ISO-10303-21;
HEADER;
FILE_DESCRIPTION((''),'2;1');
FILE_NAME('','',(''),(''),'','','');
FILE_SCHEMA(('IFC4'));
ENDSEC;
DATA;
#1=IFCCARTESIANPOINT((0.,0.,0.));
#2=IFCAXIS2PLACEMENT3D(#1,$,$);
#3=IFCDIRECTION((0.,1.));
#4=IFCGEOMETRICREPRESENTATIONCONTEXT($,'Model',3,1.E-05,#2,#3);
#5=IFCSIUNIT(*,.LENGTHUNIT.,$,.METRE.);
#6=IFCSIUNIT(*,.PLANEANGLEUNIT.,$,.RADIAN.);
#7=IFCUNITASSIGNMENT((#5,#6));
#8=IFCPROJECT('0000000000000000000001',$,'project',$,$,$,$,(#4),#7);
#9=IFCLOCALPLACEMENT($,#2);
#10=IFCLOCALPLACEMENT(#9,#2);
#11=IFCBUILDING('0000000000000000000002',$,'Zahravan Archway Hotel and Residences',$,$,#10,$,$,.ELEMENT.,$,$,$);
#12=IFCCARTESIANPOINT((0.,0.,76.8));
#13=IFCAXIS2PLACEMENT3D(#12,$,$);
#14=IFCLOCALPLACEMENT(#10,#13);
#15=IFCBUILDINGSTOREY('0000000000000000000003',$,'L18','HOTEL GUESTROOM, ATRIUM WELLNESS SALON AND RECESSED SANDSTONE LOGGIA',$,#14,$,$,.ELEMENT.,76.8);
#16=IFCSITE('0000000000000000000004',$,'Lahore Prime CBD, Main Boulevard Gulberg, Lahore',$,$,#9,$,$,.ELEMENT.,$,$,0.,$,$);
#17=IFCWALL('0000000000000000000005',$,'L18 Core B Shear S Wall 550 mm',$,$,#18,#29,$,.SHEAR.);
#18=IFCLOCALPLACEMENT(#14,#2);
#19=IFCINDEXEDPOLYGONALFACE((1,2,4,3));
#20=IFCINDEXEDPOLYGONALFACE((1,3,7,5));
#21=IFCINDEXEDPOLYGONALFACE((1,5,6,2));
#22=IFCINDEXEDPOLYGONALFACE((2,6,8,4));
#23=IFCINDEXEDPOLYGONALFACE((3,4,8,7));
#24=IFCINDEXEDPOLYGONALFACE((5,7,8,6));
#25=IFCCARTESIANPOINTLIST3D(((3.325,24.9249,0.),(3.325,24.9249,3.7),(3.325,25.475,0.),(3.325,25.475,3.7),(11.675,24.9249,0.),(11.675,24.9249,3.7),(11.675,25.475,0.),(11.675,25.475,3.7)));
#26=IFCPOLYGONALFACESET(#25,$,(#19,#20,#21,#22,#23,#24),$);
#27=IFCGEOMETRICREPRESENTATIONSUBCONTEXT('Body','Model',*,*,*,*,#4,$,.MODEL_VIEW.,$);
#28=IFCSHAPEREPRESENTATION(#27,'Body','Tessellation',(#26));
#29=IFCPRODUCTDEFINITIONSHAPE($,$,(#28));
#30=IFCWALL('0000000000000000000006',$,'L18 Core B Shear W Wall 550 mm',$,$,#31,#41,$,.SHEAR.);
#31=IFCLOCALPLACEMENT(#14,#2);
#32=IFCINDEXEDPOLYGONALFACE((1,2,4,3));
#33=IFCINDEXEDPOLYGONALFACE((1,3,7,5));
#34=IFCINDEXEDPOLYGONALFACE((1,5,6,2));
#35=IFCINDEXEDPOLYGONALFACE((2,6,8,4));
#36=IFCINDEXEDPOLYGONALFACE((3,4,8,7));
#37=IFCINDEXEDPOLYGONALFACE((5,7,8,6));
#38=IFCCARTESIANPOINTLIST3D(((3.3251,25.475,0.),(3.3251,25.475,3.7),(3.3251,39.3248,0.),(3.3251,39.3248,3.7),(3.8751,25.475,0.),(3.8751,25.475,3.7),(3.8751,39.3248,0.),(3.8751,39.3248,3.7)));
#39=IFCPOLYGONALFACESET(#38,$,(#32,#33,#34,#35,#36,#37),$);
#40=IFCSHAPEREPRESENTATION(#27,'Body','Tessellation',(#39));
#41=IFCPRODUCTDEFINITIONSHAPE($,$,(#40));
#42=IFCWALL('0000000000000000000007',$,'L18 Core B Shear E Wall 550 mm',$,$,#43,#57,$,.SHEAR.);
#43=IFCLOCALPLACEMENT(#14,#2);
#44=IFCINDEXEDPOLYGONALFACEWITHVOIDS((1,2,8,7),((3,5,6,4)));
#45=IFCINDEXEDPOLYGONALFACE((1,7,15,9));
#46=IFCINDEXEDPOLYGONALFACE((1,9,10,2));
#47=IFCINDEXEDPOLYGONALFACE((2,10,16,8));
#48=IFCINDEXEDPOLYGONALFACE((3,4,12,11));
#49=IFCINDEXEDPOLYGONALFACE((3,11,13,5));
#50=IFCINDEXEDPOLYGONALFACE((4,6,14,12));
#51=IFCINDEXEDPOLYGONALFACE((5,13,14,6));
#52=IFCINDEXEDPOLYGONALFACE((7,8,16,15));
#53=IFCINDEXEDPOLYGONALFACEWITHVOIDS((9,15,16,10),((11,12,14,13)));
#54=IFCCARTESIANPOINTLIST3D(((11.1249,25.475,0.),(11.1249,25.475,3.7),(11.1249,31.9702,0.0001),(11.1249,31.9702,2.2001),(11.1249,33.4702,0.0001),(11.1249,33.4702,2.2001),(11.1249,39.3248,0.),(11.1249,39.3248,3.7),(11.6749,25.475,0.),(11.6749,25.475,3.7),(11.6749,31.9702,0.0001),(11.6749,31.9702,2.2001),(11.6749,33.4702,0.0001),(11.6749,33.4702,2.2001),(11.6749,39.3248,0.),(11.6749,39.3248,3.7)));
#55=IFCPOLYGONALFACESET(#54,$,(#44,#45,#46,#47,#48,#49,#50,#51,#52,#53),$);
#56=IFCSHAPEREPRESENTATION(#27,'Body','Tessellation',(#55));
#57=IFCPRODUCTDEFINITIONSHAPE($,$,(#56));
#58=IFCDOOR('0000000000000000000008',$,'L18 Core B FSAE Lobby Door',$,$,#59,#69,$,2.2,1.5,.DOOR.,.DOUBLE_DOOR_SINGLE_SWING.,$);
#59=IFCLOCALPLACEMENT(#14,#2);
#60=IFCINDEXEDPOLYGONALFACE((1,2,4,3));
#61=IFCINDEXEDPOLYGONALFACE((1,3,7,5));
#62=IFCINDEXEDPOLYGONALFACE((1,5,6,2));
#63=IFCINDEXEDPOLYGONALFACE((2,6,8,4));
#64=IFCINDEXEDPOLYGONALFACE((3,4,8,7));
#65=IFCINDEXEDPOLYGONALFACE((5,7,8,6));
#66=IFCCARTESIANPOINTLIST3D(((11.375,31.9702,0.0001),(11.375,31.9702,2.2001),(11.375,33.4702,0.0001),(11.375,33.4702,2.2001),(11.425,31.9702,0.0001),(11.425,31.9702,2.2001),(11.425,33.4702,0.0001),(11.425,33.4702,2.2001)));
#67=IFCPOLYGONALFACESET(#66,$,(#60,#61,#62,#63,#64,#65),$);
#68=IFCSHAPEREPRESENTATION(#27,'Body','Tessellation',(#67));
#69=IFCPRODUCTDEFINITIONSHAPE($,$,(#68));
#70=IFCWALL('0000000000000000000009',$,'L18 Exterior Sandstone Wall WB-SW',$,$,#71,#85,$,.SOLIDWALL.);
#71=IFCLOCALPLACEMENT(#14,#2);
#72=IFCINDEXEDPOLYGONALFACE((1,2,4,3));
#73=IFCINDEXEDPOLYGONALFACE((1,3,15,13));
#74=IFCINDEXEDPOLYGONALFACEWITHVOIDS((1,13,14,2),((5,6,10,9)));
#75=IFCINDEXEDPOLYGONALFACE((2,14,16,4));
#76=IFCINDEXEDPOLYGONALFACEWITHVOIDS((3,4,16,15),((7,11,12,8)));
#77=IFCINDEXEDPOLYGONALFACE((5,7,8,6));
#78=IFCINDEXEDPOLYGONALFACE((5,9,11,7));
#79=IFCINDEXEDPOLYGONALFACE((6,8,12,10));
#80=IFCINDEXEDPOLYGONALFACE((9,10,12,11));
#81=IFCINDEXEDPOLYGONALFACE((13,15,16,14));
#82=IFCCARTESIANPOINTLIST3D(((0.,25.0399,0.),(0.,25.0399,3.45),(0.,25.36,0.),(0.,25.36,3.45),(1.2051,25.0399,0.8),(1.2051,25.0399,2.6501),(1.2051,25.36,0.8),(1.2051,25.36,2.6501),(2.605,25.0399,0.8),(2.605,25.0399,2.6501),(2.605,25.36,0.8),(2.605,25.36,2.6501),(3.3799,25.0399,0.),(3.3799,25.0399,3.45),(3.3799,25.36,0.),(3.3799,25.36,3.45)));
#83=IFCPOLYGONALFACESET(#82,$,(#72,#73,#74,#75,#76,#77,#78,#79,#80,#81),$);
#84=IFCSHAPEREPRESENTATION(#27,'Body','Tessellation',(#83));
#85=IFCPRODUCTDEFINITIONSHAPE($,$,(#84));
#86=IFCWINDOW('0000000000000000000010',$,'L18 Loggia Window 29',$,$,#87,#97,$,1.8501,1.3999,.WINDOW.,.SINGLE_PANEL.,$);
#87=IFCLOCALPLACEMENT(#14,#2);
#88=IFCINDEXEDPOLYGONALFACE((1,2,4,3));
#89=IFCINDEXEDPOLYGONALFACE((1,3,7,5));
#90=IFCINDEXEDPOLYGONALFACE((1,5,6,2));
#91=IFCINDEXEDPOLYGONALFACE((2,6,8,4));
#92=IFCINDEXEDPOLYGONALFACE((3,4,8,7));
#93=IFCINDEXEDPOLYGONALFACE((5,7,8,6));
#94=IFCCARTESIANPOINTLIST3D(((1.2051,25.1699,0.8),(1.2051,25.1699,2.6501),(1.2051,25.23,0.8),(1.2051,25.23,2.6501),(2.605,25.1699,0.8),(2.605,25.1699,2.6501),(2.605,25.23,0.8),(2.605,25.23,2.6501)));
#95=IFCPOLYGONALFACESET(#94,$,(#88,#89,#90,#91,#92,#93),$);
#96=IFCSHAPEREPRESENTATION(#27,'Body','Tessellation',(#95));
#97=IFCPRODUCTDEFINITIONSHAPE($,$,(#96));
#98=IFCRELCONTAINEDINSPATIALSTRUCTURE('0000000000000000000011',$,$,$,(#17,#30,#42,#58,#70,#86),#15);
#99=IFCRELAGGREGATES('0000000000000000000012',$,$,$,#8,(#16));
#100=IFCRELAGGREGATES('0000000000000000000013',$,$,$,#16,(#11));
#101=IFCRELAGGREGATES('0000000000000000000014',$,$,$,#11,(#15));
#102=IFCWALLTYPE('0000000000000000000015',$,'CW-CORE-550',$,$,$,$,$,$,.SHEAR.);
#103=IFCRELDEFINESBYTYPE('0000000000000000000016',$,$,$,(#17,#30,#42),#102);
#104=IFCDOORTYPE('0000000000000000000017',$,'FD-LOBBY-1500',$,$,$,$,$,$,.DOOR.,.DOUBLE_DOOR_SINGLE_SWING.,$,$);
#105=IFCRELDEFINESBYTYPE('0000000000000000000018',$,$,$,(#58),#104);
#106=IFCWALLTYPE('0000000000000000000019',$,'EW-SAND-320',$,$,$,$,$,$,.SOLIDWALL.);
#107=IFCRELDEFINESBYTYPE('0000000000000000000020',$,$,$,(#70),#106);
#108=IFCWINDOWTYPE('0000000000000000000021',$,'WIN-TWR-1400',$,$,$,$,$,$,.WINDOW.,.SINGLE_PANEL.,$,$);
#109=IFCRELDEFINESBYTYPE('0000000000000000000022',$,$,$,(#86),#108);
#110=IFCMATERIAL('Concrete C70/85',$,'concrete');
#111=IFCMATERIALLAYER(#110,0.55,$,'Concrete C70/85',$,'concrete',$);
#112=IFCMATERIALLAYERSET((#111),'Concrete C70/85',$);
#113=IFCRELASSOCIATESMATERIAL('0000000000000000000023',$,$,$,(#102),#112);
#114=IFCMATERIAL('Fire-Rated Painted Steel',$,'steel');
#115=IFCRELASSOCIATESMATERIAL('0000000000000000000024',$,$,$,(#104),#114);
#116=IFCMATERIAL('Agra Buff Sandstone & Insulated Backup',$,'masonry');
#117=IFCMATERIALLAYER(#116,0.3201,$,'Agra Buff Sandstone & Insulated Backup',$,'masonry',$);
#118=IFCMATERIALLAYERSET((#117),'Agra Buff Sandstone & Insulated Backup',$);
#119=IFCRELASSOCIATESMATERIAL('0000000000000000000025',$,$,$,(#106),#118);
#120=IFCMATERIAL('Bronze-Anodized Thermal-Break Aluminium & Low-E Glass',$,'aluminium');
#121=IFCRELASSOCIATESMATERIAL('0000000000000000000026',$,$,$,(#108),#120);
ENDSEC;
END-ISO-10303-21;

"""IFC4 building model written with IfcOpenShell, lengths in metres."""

from ifc_helpers import new_model, si_unit, direction, frame, frame_2d, origin, place, context, subcontext, project, spatial, rectangle, extrude, source, transform, mapped, material, layer, layer_set, type_object, type_shapes, element, fill, save


model = new_model("IFC4")

# Units and contexts
model_context = context("Model", 3, precision=1e-05, world=origin(), true_north=direction((0.0, 1.0)))
body_context = subcontext(model_context, "Body", "Model", "MODEL_VIEW")
ifc_project = project(units=[si_unit("LENGTHUNIT", "METRE"), si_unit("PLANEANGLEUNIT", "RADIAN")], contexts=[model_context])

# Site, building, storey
site_placement = place(None, origin())
site = spatial("IfcSite", under=ifc_project, at=site_placement, Name="Lahore Prime CBD, Main Boulevard Gulberg, Lahore", CompositionType="ELEMENT", RefElevation=0.0)
building_placement = place(site_placement, origin())
building = spatial("IfcBuilding", under=site, at=building_placement, Name="Zahravan Archway Hotel and Residences", CompositionType="ELEMENT")
storey_placement = place(building_placement, frame((0.0, 0.0, 76.8)))
storey = spatial("IfcBuildingStorey", under=building, at=storey_placement, Name="L18", Description="HOTEL GUESTROOM, ATRIUM WELLNESS SALON AND RECESSED SANDSTONE LOGGIA", CompositionType="ELEMENT", Elevation=76.8)

# Shared definitions
ifc_material_1 = material(Name="Concrete C70/85", Category="concrete")

# Walls
ifc_layer_1 = layer(ifc_material_1, 0.55, Name="Concrete C70/85", Category="concrete")
ifc_layer_set_1 = layer_set([ifc_layer_1], Name="Concrete C70/85")
wall_type_1 = type_object("IfcWallType", Name="CW-CORE-550", PredefinedType="SHEAR", material=ifc_layer_set_1)
wall_1_placement = place(storey_placement, frame((3.325, 25.2, 0.0), z_axis=(0.0, 0.0, 1.0), x_axis=(1.0, 0.0, 0.0)))
element("IfcWall", 1, at=wall_1_placement, inside=storey, type_object=wall_type_1, Name="L18 Core B Shear S Wall 550 mm", PredefinedType="SHEAR", context=body_context, shape_type="SweptSolid", body=[
    extrude(rectangle(XDim=8.3501, YDim=0.55, at=frame_2d((4.175, 0.0))), origin(), (0.0, 0.0, 1.0), 3.7),
])
wall_2_placement = place(storey_placement, frame((3.6001, 25.4751, 0.0), z_axis=(0.0, 0.0, 1.0), x_axis=(0.0, 1.0, 0.0)))
element("IfcWall", 2, at=wall_2_placement, inside=storey, type_object=wall_type_1, Name="L18 Core B Shear W Wall 550 mm", PredefinedType="SHEAR", context=body_context, shape_type="SweptSolid", body=[
    extrude(rectangle(XDim=13.8499, YDim=0.55, at=frame_2d((6.9248, 0.0))), origin(), (0.0, 0.0, 1.0), 3.7),
])

# Wall, opening, door
wall_3_placement = place(storey_placement, frame((11.3999, 25.4751, 0.0), z_axis=(0.0, 0.0, 1.0), x_axis=(0.0, 1.0, 0.0)))
wall_3 = element("IfcWall", 3, at=wall_3_placement, inside=storey, type_object=wall_type_1, Name="L18 Core B Shear E Wall 550 mm", PredefinedType="SHEAR", context=body_context, shape_type="SweptSolid", body=[
    extrude(rectangle(XDim=13.8499, YDim=0.55, at=frame_2d((6.9248, 0.0))), origin(), (0.0, 0.0, 1.0), 3.7),
])
opening_1_placement = place(wall_3_placement, frame((6.4951, 0.0, 0.0)))
opening_1 = element("IfcOpeningElement", 4, at=opening_1_placement, cuts=wall_3, PredefinedType="OPENING", context=body_context, shape_type="SweptSolid", body=[
    extrude(rectangle(XDim=1.5, YDim=2.2, at=frame_2d((0.75, 1.1001))), frame((0.0, 0.2852, 0.0), z_axis=(0.0, -1.0, 0.0), x_axis=(1.0, 0.0, 0.0)), (0.0, 0.0, 1.0), 0.5701),
])
ifc_material_2 = material(Name="Fire-Rated Painted Steel", Category="steel")
door_type_1 = type_object("IfcDoorType", Name="FD-LOBBY-1500", OperationType="DOUBLE_DOOR_SINGLE_SWING", PredefinedType="DOOR", material=ifc_material_2)
shared_shape_1 = source(origin(), body_context, "Body", "SweptSolid", [
    extrude(rectangle(XDim=1.5, YDim=2.2, at=frame_2d((0.75, 1.1001))), frame((0.0, 0.0249, 0.0), z_axis=(0.0, -1.0, 0.0), x_axis=(1.0, 0.0, 0.0)), (0.0, 0.0, 1.0), 0.05),
])
type_shapes(door_type_1, [shared_shape_1])
door_1_placement = place(opening_1_placement, origin())
door_1 = element("IfcDoor", 5, at=door_1_placement, inside=storey, type_object=door_type_1, Name="L18 Core B FSAE Lobby Door", OperationType="DOUBLE_DOOR_SINGLE_SWING", OverallHeight=2.2, OverallWidth=1.5, PredefinedType="DOOR", context=body_context, shape_type="MappedRepresentation", body=[
    mapped(shared_shape_1, transform((0.0, 0.0, 0.0), scale=1.0)),
])
fill(opening_1, door_1)

# Wall, opening, window
ifc_material_3 = material(Name="Agra Buff Sandstone & Insulated Backup", Category="masonry")
ifc_layer_2 = layer(ifc_material_3, 0.3201, Name="Agra Buff Sandstone & Insulated Backup", Category="masonry")
ifc_layer_set_2 = layer_set([ifc_layer_2], Name="Agra Buff Sandstone & Insulated Backup")
wall_type_2 = type_object("IfcWallType", Name="EW-SAND-320", PredefinedType="SOLIDWALL", material=ifc_layer_set_2)
wall_4_placement = place(storey_placement, frame((0.0, 25.2, 0.0), z_axis=(0.0, 0.0, 1.0), x_axis=(1.0, 0.0, 0.0)))
wall_4 = element("IfcWall", 6, at=wall_4_placement, inside=storey, type_object=wall_type_2, Name="L18 Exterior Sandstone Wall WB-SW", PredefinedType="SOLIDWALL", context=body_context, shape_type="SweptSolid", body=[
    extrude(rectangle(XDim=3.3799, YDim=0.3201, at=frame_2d((1.6899, 0.0))), origin(), (0.0, 0.0, 1.0), 3.45),
])
opening_2_placement = place(wall_4_placement, frame((1.2051, 0.0, 0.8)))
opening_2 = element("IfcOpeningElement", 7, at=opening_2_placement, cuts=wall_4, PredefinedType="OPENING", context=body_context, shape_type="SweptSolid", body=[
    extrude(rectangle(XDim=1.3999, YDim=1.8501, at=frame_2d((0.7, 0.925))), frame((0.0, 0.1699, 0.0), z_axis=(0.0, -1.0, 0.0), x_axis=(1.0, 0.0, 0.0)), (0.0, 0.0, 1.0), 0.3401),
])
ifc_material_4 = material(Name="Bronze-Anodized Thermal-Break Aluminium & Low-E Glass", Category="aluminium")
window_type_1 = type_object("IfcWindowType", Name="WIN-TWR-1400", PartitioningType="SINGLE_PANEL", PredefinedType="WINDOW", material=ifc_material_4)
shared_shape_2 = source(origin(), body_context, "Body", "SweptSolid", [
    extrude(rectangle(XDim=1.3999, YDim=1.8501, at=frame_2d((0.7, 0.925))), frame((0.0, 0.03, 0.0), z_axis=(0.0, -1.0, 0.0), x_axis=(1.0, 0.0, 0.0)), (0.0, 0.0, 1.0), 0.0601),
])
type_shapes(window_type_1, [shared_shape_2])
window_1_placement = place(opening_2_placement, origin())
window_1 = element("IfcWindow", 8, at=window_1_placement, inside=storey, type_object=window_type_1, Name="L18 Loggia Window 29", OverallHeight=1.8501, OverallWidth=1.3999, PartitioningType="SINGLE_PANEL", PredefinedType="WINDOW", context=body_context, shape_type="MappedRepresentation", body=[
    mapped(shared_shape_2, transform((0.0, 0.0, 0.0), scale=1.0)),
])
fill(opening_2, window_1)

save(model, "model.ifc")
